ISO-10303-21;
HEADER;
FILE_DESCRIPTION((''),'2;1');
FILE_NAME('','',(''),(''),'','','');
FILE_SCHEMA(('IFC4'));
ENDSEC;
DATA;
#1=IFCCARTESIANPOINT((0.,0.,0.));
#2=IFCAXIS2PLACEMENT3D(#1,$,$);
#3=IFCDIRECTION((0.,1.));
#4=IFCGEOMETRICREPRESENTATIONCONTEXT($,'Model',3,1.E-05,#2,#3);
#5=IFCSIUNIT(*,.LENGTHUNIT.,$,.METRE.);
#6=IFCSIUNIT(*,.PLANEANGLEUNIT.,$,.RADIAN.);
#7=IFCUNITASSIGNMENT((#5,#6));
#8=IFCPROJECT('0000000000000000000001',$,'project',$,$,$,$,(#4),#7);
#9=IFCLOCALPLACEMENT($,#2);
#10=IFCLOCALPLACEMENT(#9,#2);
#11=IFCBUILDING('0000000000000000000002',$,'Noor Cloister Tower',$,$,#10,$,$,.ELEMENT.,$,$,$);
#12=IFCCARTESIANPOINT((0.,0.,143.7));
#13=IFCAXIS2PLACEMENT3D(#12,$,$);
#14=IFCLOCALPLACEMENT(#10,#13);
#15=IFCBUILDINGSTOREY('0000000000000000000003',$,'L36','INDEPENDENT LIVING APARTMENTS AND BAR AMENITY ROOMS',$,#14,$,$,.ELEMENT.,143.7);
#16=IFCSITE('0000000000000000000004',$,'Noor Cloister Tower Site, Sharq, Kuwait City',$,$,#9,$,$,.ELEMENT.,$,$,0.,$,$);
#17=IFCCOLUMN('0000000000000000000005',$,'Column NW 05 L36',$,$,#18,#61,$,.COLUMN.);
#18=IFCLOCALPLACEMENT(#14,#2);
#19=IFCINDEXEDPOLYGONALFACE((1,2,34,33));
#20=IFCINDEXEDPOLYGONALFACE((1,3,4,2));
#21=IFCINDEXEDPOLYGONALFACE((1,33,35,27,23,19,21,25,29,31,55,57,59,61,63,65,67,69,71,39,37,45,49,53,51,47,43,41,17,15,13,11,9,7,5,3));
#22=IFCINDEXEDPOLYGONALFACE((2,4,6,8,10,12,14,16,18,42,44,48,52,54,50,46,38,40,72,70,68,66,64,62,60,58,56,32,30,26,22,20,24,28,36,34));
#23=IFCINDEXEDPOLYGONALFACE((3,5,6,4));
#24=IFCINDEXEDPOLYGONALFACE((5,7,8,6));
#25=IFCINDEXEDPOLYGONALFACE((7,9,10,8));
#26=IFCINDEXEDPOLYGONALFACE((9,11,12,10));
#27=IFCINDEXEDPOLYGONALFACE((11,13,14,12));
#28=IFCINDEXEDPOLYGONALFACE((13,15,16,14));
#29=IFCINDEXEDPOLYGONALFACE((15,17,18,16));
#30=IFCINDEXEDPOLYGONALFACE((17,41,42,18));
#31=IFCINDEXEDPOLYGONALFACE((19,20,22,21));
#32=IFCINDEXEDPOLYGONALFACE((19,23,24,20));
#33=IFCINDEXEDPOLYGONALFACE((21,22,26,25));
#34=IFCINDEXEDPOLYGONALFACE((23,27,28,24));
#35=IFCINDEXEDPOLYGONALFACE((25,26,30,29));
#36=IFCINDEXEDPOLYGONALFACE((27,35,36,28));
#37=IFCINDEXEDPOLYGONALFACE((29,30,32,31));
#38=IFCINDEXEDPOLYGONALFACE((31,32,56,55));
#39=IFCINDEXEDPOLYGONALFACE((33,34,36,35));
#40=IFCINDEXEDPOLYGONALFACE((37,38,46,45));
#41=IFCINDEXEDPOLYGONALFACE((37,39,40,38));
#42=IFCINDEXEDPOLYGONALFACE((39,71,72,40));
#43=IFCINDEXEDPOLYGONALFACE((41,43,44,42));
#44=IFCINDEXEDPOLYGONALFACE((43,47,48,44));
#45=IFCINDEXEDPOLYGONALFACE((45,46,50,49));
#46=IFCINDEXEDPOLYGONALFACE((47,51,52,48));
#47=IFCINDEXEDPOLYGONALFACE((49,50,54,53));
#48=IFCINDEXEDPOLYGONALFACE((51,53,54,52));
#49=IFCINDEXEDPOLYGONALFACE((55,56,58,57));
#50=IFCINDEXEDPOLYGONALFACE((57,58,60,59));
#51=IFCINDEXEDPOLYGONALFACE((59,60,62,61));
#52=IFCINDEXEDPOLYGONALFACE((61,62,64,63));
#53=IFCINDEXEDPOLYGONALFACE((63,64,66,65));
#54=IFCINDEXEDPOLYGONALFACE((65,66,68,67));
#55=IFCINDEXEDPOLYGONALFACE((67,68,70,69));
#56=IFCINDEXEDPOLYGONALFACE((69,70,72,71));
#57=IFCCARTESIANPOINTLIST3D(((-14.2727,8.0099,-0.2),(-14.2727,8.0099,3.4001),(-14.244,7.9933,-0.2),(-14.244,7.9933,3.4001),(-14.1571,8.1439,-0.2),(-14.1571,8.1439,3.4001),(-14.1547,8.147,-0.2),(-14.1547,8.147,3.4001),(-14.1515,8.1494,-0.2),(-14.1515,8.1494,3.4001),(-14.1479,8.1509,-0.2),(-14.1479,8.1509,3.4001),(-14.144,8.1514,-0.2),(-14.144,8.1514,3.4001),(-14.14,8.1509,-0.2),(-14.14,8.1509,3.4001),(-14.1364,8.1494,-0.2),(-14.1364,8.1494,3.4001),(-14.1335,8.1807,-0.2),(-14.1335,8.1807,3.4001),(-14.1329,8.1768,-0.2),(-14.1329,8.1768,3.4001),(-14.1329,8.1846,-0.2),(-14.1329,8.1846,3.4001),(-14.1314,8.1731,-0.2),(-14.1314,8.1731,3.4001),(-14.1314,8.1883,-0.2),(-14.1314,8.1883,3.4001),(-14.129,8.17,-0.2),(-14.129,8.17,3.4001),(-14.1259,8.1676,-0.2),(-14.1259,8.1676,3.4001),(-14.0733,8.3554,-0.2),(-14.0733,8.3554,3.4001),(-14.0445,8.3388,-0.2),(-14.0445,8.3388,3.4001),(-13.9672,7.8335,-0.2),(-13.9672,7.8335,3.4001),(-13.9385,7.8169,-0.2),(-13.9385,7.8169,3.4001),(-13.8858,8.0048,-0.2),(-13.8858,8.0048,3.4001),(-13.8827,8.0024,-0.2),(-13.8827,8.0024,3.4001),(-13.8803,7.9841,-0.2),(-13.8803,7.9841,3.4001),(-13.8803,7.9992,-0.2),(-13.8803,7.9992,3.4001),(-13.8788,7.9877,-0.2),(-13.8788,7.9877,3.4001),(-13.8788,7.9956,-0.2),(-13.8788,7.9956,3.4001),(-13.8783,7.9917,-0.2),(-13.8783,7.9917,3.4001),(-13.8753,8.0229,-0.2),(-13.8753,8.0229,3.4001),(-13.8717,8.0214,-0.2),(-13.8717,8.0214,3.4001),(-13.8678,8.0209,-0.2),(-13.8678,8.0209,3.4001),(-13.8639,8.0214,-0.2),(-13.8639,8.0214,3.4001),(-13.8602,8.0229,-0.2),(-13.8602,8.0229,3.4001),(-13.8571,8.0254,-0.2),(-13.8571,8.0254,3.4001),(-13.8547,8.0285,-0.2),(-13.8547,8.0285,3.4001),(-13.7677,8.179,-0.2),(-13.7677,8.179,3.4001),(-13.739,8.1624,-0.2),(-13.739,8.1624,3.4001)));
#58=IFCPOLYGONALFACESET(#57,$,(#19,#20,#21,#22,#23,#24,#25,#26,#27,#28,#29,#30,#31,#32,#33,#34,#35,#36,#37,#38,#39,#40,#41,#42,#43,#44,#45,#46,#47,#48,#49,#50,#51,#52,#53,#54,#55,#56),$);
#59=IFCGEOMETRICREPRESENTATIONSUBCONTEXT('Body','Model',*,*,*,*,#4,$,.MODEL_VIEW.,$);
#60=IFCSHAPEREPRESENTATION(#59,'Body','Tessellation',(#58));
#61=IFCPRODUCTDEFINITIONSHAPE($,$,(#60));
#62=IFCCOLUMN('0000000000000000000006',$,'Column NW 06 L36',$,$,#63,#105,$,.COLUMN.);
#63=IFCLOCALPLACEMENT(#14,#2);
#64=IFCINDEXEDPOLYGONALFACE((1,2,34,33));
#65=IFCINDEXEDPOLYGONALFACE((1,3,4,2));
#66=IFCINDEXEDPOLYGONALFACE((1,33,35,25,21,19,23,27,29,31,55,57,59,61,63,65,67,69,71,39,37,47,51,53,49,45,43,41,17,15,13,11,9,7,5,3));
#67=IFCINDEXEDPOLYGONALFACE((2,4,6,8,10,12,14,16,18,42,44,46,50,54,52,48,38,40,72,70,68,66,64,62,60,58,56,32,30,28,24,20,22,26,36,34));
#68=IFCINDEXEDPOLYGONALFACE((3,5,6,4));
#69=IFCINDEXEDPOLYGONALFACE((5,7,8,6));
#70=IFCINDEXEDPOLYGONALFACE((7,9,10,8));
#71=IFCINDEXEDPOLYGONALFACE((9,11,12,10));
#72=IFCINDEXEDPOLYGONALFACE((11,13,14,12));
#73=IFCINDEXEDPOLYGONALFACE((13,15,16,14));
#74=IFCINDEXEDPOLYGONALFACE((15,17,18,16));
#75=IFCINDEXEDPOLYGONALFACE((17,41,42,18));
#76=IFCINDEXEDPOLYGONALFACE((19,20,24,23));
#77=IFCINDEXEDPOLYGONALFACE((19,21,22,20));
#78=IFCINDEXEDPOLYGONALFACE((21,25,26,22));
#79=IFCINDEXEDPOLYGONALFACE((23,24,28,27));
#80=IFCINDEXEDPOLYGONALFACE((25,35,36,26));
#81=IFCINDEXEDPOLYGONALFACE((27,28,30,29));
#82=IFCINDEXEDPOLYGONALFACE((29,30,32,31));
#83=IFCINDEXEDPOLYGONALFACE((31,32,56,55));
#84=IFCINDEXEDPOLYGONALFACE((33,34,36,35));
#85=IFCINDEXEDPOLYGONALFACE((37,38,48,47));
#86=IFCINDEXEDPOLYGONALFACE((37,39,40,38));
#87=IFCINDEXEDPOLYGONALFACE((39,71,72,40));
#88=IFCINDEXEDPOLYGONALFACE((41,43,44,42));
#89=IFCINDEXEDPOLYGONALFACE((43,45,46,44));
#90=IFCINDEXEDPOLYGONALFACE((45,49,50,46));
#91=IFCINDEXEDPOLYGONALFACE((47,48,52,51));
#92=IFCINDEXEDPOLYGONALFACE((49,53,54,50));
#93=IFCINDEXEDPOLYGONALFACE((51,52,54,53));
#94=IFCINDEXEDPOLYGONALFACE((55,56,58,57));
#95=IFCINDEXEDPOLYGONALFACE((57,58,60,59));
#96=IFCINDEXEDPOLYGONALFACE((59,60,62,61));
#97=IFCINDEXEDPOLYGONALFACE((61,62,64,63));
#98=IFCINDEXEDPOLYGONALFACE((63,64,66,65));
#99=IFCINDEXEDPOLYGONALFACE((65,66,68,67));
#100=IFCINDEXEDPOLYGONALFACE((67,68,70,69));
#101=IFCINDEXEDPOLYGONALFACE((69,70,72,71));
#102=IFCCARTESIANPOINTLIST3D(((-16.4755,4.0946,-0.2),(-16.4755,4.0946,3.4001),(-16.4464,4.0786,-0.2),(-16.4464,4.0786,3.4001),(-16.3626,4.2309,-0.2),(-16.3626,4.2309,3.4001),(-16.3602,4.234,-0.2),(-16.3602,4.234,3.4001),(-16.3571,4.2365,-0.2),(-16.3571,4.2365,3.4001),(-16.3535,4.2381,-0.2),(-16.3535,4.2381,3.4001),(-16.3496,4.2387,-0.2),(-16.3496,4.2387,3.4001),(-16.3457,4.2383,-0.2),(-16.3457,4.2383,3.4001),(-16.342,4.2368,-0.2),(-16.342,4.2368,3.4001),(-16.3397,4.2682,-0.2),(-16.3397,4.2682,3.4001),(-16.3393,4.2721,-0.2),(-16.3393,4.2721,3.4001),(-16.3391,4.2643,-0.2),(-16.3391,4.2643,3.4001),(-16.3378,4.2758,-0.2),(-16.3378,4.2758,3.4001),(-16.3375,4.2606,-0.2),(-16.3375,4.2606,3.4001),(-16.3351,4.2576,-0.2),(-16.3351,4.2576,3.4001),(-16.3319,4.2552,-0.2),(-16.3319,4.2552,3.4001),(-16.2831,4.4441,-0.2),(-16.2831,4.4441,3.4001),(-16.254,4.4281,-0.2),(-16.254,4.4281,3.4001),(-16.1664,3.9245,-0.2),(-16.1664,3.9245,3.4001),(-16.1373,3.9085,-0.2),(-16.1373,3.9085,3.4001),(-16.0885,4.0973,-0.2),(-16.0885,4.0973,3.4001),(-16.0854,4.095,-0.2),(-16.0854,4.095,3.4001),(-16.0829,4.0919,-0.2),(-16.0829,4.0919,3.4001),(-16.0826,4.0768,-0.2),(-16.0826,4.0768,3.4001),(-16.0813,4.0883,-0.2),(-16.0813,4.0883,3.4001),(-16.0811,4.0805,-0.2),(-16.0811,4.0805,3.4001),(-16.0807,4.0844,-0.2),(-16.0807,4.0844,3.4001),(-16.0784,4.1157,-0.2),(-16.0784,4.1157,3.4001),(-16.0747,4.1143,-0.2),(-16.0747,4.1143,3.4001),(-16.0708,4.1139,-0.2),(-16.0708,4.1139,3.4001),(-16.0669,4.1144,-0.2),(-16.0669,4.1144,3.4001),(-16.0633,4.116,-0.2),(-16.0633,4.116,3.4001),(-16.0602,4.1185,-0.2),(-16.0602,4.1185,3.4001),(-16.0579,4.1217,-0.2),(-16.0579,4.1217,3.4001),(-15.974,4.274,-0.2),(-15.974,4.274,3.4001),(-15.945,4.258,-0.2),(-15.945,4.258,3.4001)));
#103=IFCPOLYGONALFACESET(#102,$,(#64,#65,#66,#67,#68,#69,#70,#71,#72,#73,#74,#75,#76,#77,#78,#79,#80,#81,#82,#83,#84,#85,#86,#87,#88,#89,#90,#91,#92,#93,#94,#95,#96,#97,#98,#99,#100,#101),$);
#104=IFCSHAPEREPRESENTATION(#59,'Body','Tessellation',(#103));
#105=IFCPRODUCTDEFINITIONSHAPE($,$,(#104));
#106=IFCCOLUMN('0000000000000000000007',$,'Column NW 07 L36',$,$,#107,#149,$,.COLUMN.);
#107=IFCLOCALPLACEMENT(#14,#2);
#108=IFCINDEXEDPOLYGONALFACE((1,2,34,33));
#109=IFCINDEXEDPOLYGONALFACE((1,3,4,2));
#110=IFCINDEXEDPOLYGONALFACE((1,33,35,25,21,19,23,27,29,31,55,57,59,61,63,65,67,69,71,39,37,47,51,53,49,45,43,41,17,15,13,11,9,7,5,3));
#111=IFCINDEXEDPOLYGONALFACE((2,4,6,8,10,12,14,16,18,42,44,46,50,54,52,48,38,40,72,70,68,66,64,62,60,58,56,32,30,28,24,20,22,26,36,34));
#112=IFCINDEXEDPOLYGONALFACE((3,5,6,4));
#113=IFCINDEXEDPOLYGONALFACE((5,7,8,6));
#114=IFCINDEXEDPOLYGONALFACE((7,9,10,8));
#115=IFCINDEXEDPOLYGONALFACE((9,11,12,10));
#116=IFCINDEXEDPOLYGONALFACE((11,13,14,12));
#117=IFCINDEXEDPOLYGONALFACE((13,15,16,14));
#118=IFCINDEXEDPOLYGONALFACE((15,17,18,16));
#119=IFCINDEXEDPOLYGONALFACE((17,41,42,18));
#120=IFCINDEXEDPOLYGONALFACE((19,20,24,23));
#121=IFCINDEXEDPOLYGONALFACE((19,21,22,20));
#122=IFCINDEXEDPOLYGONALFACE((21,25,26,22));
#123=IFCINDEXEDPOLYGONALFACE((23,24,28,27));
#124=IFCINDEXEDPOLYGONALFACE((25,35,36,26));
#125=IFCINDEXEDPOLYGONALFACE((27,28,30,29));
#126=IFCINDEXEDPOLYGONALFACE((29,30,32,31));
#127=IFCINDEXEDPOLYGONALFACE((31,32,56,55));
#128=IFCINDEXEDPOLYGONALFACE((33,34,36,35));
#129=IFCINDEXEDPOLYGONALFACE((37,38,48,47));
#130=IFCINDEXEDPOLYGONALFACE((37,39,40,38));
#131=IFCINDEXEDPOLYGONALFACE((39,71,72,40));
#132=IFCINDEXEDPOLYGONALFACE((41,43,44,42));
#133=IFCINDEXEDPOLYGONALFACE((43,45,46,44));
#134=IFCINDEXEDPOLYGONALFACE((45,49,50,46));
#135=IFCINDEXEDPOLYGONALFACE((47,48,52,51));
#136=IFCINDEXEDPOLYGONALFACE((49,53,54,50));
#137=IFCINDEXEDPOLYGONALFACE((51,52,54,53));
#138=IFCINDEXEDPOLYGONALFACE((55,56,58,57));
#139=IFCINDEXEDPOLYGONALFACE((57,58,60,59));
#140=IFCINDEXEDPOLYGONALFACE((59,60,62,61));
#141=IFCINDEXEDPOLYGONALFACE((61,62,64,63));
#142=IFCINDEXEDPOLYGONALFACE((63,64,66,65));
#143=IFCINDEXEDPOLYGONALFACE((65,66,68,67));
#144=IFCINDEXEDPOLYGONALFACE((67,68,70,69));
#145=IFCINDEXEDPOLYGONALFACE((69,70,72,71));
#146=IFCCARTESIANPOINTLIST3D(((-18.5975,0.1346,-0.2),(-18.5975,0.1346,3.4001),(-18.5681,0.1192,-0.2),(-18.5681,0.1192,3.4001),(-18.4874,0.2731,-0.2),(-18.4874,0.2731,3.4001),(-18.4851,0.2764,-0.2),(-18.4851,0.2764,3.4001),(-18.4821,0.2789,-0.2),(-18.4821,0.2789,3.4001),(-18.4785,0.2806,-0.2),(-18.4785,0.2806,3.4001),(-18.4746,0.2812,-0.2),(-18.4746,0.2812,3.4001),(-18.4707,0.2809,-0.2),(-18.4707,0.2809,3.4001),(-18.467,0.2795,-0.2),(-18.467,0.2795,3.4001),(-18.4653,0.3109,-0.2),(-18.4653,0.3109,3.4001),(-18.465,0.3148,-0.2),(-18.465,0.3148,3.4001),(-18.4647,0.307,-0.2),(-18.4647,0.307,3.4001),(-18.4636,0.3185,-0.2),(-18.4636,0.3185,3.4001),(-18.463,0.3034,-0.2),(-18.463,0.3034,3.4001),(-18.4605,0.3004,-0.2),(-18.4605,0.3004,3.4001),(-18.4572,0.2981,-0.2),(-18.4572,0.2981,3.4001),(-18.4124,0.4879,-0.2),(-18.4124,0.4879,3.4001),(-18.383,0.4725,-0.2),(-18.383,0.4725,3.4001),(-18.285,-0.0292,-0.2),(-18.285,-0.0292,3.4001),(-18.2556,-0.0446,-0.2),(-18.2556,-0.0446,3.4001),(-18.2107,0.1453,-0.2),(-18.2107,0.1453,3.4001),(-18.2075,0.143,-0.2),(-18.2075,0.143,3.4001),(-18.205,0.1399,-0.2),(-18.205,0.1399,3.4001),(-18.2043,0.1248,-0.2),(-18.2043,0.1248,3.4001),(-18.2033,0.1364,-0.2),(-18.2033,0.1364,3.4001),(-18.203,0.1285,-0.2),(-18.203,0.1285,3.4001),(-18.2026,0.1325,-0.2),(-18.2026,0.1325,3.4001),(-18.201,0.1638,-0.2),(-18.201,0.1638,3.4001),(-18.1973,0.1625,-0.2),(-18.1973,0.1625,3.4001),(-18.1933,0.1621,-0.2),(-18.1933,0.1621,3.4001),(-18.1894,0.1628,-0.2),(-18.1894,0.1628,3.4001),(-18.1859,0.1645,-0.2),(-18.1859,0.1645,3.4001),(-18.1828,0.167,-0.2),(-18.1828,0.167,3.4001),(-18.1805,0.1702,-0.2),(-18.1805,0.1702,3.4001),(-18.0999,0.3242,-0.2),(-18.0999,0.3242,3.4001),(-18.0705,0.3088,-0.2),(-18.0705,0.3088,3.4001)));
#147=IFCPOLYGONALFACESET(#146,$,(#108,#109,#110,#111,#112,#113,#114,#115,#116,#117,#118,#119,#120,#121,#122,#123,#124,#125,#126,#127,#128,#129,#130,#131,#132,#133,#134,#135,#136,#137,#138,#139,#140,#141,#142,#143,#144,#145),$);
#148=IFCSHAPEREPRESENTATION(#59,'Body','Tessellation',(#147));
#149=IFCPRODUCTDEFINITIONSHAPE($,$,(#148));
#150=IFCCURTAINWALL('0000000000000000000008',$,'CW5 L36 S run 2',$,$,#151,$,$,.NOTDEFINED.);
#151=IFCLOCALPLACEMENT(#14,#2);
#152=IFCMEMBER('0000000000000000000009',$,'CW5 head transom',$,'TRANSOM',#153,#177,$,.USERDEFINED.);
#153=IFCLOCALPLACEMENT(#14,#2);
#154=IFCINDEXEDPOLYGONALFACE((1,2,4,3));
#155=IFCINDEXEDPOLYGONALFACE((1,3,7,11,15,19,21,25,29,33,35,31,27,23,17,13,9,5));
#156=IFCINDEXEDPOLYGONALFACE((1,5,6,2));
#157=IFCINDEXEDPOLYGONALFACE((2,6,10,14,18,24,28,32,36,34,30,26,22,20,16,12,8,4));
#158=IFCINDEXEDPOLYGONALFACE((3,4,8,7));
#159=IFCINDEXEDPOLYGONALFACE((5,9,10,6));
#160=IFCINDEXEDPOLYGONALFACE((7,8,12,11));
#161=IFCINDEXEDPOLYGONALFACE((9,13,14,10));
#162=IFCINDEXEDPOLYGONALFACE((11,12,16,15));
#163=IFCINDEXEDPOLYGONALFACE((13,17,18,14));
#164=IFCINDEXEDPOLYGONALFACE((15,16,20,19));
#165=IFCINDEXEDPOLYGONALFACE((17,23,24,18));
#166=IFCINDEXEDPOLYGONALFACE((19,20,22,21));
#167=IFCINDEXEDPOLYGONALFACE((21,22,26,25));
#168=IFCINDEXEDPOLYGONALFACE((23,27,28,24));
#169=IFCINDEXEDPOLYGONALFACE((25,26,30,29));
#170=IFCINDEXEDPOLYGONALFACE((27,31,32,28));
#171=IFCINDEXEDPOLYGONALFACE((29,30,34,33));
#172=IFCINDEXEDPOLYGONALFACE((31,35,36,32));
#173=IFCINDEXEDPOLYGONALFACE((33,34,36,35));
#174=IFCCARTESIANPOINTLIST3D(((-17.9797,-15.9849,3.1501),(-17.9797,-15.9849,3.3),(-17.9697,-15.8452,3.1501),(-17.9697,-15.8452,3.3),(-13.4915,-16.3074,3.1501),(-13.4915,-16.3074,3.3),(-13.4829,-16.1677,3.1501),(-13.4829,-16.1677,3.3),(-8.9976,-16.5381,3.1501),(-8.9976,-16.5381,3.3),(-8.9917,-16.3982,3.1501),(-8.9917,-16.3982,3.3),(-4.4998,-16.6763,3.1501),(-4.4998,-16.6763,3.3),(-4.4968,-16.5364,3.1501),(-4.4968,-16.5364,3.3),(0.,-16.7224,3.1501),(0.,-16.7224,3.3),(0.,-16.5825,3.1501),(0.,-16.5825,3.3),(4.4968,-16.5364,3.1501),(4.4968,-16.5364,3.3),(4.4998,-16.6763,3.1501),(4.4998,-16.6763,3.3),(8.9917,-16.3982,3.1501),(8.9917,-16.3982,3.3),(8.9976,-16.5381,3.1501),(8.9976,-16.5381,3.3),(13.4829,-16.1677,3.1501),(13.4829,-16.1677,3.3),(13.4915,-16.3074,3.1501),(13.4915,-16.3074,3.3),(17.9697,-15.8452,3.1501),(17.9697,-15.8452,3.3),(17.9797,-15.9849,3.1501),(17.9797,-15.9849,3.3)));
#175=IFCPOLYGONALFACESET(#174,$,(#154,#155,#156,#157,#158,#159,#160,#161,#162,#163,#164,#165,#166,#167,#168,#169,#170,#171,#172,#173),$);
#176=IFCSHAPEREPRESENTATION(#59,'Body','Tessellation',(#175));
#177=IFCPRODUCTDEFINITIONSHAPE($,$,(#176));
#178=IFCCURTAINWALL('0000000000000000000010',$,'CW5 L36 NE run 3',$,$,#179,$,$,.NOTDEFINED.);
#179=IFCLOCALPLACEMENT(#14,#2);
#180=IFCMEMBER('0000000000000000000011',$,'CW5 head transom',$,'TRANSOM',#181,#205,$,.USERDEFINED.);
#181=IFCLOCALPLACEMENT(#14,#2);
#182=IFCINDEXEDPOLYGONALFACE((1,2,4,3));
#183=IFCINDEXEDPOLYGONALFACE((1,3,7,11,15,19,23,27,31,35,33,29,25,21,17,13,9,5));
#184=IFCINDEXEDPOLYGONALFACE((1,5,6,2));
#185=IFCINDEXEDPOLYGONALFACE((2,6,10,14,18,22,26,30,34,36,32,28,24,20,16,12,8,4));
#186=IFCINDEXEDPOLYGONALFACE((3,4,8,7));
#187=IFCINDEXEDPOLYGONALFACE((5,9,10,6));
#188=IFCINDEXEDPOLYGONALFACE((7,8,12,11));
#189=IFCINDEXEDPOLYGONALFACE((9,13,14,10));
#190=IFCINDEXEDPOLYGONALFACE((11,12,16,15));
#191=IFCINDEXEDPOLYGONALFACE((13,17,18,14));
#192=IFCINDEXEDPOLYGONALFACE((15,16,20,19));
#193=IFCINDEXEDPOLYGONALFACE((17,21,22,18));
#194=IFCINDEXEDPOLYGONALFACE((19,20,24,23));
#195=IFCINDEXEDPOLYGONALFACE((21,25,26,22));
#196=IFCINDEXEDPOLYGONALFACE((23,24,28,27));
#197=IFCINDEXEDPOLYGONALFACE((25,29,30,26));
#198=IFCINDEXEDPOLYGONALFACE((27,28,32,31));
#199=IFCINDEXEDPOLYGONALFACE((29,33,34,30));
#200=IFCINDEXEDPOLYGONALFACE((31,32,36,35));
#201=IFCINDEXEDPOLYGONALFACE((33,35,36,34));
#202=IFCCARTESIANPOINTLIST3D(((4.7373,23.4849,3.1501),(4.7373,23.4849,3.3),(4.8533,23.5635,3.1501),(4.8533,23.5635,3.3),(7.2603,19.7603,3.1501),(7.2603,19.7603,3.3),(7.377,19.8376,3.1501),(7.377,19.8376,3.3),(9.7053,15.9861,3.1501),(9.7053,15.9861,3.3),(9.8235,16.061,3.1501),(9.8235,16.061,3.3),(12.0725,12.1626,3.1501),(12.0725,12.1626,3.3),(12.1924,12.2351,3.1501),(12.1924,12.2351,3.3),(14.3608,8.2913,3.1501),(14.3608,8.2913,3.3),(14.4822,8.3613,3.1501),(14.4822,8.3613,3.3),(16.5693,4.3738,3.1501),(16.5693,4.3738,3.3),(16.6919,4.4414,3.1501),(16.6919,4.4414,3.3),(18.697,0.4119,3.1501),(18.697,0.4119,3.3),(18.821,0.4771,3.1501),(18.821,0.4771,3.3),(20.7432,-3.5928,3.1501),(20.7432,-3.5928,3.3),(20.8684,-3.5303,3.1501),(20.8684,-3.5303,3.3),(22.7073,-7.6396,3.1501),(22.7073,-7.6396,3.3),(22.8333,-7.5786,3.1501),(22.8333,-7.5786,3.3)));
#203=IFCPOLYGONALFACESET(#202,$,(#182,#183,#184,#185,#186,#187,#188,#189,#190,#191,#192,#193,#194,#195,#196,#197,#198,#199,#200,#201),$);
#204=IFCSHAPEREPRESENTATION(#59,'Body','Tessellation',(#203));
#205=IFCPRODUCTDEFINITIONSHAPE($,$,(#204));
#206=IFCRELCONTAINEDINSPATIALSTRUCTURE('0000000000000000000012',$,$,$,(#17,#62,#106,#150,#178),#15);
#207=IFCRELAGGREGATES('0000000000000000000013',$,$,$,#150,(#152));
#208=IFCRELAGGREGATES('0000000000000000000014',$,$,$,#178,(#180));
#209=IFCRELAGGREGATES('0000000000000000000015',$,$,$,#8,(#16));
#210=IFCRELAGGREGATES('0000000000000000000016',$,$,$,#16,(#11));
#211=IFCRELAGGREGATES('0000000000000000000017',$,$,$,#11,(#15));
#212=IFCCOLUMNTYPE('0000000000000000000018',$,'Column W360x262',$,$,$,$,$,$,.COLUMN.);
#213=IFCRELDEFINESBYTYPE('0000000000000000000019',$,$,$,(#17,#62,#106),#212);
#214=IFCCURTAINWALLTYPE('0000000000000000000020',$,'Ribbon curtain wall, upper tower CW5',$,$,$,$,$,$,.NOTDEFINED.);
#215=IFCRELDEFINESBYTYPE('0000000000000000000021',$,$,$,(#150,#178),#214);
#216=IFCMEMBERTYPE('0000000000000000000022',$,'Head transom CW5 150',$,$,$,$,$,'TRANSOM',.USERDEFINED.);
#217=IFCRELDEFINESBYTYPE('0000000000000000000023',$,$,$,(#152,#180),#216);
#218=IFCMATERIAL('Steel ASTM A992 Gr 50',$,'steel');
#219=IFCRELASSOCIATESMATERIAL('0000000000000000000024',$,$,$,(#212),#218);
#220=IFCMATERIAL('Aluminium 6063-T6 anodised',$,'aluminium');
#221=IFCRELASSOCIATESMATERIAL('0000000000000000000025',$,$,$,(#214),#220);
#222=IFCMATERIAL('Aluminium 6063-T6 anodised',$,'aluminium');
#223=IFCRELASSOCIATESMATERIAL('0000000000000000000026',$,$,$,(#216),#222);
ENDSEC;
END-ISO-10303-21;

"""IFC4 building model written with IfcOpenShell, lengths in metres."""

from ifc_helpers import new_model, si_unit, direction, frame, origin, origin_2d, place, context, subcontext, project, spatial, polyline, i_section, outline, extrude, material, material_profile, profile_set, type_object, element, aggregate, save


model = new_model("IFC4")

# Units and contexts
model_context = context("Model", 3, precision=1e-05, world=origin(), true_north=direction((0.0, 1.0)))
body_context = subcontext(model_context, "Body", "Model", "MODEL_VIEW")
ifc_project = project(units=[si_unit("LENGTHUNIT", "METRE"), si_unit("PLANEANGLEUNIT", "RADIAN")], contexts=[model_context])

# Site, building, storey
site_placement = place(None, origin())
site = spatial("IfcSite", under=ifc_project, at=site_placement, Name="Noor Cloister Tower Site, Sharq, Kuwait City", CompositionType="ELEMENT", RefElevation=0.0)
building_placement = place(site_placement, origin())
building = spatial("IfcBuilding", under=site, at=building_placement, Name="Noor Cloister Tower", CompositionType="ELEMENT")
storey_placement = place(building_placement, frame((0.0, 0.0, 143.7)))
storey = spatial("IfcBuildingStorey", under=building, at=storey_placement, Name="L36", Description="INDEPENDENT LIVING APARTMENTS AND BAR AMENITY ROOMS", CompositionType="ELEMENT", Elevation=143.7)

# Columns
ifc_material_1 = material(Name="Steel ASTM A992 Gr 50", Category="steel")
ifc_material_profile_1 = material_profile(ifc_material_1, i_section(OverallWidth=0.3989, OverallDepth=0.386, WebThickness=0.021, FlangeThickness=0.0332, FilletRadius=0.0151, at=origin_2d()), Name="W360x262")
ifc_profile_set_1 = profile_set([ifc_material_profile_1], Name="Steel ASTM A992 Gr 50")
column_type = type_object("IfcColumnType", Name="Column W360x262", PredefinedType="COLUMN", material=ifc_profile_set_1)
for number, where, z_axis, x_axis, name in (
    (1, (-14.0059, 8.0862, -0.2), (0.0, 0.0, 1.0), (-0.5, -0.866025, 0.0), "Column NW 05 L36"),
    (2, (-16.2102, 4.1763, -0.2), (0.0, 0.0, 1.0), (-0.48214, -0.876094, 0.0), "Column NW 06 L36"),
    (3, (-18.334, 0.2217, -0.2), (0.0, 0.0, 1.0), (-0.464077, -0.885795, 0.0), "Column NW 07 L36"),
):
    element("IfcColumn", number, at=place(storey_placement, frame(where, z_axis=z_axis, x_axis=x_axis)), inside=storey, type_object=column_type, Name=name, PredefinedType="COLUMN", context=body_context, shape_type="SweptSolid", body=[
        extrude(i_section(OverallWidth=0.3989, OverallDepth=0.386, WebThickness=0.021, FlangeThickness=0.0332, FilletRadius=0.0151, at=origin_2d()), origin(), (0.0, 0.0, 1.0), 3.6001),
    ])

# Curtain walls, members
ifc_material_2 = material(Name="Aluminium 6063-T6 anodised", Category="aluminium")
curtain_wall_type = type_object("IfcCurtainWallType", Name="Ribbon curtain wall, upper tower CW5", PredefinedType="NOTDEFINED", material=ifc_material_2)
curtain_wall_1_placement = place(storey_placement, origin())
curtain_wall_1 = element("IfcCurtainWall", 4, at=curtain_wall_1_placement, inside=storey, type_object=curtain_wall_type, Name="CW5 L36 S run 2", PredefinedType="NOTDEFINED")
ifc_material_3 = material(Name="Aluminium 6063-T6 anodised", Category="aluminium")
member_type_1 = type_object("IfcMemberType", Name="Head transom CW5 150", ElementType="TRANSOM", PredefinedType="USERDEFINED", material=ifc_material_3)
member_1_placement = place(storey_placement, frame((0.0, 0.0, 3.1501)))
member_1 = element("IfcMember", 5, at=member_1_placement, type_object=member_type_1, Name="CW5 head transom", ObjectType="TRANSOM", PredefinedType="USERDEFINED", context=body_context, shape_type="SweptSolid", body=[
    extrude(outline(polyline([(-17.9797, -15.9849), (-13.4915, -16.3074), (-8.9976, -16.5381), (-4.4998, -16.6763), (0.0, -16.7224), (4.4998, -16.6763), (8.9976, -16.5381), (13.4915, -16.3074), (17.9797, -15.9849), (17.9697, -15.8452), (13.4829, -16.1677), (8.9917, -16.3982), (4.4968, -16.5364), (0.0, -16.5825), (-4.4968, -16.5364), (-8.9917, -16.3982), (-13.4829, -16.1677), (-17.9697, -15.8452), (-17.9797, -15.9849)])), origin(), (0.0, 0.0, 1.0), 0.1499),
])
aggregate(curtain_wall_1, [member_1])
curtain_wall_2_placement = place(storey_placement, origin())
curtain_wall_2 = element("IfcCurtainWall", 6, at=curtain_wall_2_placement, inside=storey, type_object=curtain_wall_type, Name="CW5 L36 NE run 3", PredefinedType="NOTDEFINED")
member_2_placement = place(storey_placement, frame((0.0, 0.0, 3.1501)))
member_2 = element("IfcMember", 7, at=member_2_placement, type_object=member_type_1, Name="CW5 head transom", ObjectType="TRANSOM", PredefinedType="USERDEFINED", context=body_context, shape_type="SweptSolid", body=[
    extrude(outline(polyline([(22.8333, -7.5786), (20.8684, -3.5303), (18.821, 0.4771), (16.6919, 4.4414), (14.4822, 8.3613), (12.1924, 12.2351), (9.8235, 16.061), (7.377, 19.8376), (4.8533, 23.5635), (4.7373, 23.4849), (7.2603, 19.7603), (9.7053, 15.9861), (12.0725, 12.1626), (14.3608, 8.2913), (16.5693, 4.3738), (18.697, 0.4119), (20.7432, -3.5928), (22.7073, -7.6396), (22.8333, -7.5786)])), origin(), (0.0, 0.0, 1.0), 0.1499),
])

aggregate(curtain_wall_2, [member_2])

save(model, "model.ifc")
